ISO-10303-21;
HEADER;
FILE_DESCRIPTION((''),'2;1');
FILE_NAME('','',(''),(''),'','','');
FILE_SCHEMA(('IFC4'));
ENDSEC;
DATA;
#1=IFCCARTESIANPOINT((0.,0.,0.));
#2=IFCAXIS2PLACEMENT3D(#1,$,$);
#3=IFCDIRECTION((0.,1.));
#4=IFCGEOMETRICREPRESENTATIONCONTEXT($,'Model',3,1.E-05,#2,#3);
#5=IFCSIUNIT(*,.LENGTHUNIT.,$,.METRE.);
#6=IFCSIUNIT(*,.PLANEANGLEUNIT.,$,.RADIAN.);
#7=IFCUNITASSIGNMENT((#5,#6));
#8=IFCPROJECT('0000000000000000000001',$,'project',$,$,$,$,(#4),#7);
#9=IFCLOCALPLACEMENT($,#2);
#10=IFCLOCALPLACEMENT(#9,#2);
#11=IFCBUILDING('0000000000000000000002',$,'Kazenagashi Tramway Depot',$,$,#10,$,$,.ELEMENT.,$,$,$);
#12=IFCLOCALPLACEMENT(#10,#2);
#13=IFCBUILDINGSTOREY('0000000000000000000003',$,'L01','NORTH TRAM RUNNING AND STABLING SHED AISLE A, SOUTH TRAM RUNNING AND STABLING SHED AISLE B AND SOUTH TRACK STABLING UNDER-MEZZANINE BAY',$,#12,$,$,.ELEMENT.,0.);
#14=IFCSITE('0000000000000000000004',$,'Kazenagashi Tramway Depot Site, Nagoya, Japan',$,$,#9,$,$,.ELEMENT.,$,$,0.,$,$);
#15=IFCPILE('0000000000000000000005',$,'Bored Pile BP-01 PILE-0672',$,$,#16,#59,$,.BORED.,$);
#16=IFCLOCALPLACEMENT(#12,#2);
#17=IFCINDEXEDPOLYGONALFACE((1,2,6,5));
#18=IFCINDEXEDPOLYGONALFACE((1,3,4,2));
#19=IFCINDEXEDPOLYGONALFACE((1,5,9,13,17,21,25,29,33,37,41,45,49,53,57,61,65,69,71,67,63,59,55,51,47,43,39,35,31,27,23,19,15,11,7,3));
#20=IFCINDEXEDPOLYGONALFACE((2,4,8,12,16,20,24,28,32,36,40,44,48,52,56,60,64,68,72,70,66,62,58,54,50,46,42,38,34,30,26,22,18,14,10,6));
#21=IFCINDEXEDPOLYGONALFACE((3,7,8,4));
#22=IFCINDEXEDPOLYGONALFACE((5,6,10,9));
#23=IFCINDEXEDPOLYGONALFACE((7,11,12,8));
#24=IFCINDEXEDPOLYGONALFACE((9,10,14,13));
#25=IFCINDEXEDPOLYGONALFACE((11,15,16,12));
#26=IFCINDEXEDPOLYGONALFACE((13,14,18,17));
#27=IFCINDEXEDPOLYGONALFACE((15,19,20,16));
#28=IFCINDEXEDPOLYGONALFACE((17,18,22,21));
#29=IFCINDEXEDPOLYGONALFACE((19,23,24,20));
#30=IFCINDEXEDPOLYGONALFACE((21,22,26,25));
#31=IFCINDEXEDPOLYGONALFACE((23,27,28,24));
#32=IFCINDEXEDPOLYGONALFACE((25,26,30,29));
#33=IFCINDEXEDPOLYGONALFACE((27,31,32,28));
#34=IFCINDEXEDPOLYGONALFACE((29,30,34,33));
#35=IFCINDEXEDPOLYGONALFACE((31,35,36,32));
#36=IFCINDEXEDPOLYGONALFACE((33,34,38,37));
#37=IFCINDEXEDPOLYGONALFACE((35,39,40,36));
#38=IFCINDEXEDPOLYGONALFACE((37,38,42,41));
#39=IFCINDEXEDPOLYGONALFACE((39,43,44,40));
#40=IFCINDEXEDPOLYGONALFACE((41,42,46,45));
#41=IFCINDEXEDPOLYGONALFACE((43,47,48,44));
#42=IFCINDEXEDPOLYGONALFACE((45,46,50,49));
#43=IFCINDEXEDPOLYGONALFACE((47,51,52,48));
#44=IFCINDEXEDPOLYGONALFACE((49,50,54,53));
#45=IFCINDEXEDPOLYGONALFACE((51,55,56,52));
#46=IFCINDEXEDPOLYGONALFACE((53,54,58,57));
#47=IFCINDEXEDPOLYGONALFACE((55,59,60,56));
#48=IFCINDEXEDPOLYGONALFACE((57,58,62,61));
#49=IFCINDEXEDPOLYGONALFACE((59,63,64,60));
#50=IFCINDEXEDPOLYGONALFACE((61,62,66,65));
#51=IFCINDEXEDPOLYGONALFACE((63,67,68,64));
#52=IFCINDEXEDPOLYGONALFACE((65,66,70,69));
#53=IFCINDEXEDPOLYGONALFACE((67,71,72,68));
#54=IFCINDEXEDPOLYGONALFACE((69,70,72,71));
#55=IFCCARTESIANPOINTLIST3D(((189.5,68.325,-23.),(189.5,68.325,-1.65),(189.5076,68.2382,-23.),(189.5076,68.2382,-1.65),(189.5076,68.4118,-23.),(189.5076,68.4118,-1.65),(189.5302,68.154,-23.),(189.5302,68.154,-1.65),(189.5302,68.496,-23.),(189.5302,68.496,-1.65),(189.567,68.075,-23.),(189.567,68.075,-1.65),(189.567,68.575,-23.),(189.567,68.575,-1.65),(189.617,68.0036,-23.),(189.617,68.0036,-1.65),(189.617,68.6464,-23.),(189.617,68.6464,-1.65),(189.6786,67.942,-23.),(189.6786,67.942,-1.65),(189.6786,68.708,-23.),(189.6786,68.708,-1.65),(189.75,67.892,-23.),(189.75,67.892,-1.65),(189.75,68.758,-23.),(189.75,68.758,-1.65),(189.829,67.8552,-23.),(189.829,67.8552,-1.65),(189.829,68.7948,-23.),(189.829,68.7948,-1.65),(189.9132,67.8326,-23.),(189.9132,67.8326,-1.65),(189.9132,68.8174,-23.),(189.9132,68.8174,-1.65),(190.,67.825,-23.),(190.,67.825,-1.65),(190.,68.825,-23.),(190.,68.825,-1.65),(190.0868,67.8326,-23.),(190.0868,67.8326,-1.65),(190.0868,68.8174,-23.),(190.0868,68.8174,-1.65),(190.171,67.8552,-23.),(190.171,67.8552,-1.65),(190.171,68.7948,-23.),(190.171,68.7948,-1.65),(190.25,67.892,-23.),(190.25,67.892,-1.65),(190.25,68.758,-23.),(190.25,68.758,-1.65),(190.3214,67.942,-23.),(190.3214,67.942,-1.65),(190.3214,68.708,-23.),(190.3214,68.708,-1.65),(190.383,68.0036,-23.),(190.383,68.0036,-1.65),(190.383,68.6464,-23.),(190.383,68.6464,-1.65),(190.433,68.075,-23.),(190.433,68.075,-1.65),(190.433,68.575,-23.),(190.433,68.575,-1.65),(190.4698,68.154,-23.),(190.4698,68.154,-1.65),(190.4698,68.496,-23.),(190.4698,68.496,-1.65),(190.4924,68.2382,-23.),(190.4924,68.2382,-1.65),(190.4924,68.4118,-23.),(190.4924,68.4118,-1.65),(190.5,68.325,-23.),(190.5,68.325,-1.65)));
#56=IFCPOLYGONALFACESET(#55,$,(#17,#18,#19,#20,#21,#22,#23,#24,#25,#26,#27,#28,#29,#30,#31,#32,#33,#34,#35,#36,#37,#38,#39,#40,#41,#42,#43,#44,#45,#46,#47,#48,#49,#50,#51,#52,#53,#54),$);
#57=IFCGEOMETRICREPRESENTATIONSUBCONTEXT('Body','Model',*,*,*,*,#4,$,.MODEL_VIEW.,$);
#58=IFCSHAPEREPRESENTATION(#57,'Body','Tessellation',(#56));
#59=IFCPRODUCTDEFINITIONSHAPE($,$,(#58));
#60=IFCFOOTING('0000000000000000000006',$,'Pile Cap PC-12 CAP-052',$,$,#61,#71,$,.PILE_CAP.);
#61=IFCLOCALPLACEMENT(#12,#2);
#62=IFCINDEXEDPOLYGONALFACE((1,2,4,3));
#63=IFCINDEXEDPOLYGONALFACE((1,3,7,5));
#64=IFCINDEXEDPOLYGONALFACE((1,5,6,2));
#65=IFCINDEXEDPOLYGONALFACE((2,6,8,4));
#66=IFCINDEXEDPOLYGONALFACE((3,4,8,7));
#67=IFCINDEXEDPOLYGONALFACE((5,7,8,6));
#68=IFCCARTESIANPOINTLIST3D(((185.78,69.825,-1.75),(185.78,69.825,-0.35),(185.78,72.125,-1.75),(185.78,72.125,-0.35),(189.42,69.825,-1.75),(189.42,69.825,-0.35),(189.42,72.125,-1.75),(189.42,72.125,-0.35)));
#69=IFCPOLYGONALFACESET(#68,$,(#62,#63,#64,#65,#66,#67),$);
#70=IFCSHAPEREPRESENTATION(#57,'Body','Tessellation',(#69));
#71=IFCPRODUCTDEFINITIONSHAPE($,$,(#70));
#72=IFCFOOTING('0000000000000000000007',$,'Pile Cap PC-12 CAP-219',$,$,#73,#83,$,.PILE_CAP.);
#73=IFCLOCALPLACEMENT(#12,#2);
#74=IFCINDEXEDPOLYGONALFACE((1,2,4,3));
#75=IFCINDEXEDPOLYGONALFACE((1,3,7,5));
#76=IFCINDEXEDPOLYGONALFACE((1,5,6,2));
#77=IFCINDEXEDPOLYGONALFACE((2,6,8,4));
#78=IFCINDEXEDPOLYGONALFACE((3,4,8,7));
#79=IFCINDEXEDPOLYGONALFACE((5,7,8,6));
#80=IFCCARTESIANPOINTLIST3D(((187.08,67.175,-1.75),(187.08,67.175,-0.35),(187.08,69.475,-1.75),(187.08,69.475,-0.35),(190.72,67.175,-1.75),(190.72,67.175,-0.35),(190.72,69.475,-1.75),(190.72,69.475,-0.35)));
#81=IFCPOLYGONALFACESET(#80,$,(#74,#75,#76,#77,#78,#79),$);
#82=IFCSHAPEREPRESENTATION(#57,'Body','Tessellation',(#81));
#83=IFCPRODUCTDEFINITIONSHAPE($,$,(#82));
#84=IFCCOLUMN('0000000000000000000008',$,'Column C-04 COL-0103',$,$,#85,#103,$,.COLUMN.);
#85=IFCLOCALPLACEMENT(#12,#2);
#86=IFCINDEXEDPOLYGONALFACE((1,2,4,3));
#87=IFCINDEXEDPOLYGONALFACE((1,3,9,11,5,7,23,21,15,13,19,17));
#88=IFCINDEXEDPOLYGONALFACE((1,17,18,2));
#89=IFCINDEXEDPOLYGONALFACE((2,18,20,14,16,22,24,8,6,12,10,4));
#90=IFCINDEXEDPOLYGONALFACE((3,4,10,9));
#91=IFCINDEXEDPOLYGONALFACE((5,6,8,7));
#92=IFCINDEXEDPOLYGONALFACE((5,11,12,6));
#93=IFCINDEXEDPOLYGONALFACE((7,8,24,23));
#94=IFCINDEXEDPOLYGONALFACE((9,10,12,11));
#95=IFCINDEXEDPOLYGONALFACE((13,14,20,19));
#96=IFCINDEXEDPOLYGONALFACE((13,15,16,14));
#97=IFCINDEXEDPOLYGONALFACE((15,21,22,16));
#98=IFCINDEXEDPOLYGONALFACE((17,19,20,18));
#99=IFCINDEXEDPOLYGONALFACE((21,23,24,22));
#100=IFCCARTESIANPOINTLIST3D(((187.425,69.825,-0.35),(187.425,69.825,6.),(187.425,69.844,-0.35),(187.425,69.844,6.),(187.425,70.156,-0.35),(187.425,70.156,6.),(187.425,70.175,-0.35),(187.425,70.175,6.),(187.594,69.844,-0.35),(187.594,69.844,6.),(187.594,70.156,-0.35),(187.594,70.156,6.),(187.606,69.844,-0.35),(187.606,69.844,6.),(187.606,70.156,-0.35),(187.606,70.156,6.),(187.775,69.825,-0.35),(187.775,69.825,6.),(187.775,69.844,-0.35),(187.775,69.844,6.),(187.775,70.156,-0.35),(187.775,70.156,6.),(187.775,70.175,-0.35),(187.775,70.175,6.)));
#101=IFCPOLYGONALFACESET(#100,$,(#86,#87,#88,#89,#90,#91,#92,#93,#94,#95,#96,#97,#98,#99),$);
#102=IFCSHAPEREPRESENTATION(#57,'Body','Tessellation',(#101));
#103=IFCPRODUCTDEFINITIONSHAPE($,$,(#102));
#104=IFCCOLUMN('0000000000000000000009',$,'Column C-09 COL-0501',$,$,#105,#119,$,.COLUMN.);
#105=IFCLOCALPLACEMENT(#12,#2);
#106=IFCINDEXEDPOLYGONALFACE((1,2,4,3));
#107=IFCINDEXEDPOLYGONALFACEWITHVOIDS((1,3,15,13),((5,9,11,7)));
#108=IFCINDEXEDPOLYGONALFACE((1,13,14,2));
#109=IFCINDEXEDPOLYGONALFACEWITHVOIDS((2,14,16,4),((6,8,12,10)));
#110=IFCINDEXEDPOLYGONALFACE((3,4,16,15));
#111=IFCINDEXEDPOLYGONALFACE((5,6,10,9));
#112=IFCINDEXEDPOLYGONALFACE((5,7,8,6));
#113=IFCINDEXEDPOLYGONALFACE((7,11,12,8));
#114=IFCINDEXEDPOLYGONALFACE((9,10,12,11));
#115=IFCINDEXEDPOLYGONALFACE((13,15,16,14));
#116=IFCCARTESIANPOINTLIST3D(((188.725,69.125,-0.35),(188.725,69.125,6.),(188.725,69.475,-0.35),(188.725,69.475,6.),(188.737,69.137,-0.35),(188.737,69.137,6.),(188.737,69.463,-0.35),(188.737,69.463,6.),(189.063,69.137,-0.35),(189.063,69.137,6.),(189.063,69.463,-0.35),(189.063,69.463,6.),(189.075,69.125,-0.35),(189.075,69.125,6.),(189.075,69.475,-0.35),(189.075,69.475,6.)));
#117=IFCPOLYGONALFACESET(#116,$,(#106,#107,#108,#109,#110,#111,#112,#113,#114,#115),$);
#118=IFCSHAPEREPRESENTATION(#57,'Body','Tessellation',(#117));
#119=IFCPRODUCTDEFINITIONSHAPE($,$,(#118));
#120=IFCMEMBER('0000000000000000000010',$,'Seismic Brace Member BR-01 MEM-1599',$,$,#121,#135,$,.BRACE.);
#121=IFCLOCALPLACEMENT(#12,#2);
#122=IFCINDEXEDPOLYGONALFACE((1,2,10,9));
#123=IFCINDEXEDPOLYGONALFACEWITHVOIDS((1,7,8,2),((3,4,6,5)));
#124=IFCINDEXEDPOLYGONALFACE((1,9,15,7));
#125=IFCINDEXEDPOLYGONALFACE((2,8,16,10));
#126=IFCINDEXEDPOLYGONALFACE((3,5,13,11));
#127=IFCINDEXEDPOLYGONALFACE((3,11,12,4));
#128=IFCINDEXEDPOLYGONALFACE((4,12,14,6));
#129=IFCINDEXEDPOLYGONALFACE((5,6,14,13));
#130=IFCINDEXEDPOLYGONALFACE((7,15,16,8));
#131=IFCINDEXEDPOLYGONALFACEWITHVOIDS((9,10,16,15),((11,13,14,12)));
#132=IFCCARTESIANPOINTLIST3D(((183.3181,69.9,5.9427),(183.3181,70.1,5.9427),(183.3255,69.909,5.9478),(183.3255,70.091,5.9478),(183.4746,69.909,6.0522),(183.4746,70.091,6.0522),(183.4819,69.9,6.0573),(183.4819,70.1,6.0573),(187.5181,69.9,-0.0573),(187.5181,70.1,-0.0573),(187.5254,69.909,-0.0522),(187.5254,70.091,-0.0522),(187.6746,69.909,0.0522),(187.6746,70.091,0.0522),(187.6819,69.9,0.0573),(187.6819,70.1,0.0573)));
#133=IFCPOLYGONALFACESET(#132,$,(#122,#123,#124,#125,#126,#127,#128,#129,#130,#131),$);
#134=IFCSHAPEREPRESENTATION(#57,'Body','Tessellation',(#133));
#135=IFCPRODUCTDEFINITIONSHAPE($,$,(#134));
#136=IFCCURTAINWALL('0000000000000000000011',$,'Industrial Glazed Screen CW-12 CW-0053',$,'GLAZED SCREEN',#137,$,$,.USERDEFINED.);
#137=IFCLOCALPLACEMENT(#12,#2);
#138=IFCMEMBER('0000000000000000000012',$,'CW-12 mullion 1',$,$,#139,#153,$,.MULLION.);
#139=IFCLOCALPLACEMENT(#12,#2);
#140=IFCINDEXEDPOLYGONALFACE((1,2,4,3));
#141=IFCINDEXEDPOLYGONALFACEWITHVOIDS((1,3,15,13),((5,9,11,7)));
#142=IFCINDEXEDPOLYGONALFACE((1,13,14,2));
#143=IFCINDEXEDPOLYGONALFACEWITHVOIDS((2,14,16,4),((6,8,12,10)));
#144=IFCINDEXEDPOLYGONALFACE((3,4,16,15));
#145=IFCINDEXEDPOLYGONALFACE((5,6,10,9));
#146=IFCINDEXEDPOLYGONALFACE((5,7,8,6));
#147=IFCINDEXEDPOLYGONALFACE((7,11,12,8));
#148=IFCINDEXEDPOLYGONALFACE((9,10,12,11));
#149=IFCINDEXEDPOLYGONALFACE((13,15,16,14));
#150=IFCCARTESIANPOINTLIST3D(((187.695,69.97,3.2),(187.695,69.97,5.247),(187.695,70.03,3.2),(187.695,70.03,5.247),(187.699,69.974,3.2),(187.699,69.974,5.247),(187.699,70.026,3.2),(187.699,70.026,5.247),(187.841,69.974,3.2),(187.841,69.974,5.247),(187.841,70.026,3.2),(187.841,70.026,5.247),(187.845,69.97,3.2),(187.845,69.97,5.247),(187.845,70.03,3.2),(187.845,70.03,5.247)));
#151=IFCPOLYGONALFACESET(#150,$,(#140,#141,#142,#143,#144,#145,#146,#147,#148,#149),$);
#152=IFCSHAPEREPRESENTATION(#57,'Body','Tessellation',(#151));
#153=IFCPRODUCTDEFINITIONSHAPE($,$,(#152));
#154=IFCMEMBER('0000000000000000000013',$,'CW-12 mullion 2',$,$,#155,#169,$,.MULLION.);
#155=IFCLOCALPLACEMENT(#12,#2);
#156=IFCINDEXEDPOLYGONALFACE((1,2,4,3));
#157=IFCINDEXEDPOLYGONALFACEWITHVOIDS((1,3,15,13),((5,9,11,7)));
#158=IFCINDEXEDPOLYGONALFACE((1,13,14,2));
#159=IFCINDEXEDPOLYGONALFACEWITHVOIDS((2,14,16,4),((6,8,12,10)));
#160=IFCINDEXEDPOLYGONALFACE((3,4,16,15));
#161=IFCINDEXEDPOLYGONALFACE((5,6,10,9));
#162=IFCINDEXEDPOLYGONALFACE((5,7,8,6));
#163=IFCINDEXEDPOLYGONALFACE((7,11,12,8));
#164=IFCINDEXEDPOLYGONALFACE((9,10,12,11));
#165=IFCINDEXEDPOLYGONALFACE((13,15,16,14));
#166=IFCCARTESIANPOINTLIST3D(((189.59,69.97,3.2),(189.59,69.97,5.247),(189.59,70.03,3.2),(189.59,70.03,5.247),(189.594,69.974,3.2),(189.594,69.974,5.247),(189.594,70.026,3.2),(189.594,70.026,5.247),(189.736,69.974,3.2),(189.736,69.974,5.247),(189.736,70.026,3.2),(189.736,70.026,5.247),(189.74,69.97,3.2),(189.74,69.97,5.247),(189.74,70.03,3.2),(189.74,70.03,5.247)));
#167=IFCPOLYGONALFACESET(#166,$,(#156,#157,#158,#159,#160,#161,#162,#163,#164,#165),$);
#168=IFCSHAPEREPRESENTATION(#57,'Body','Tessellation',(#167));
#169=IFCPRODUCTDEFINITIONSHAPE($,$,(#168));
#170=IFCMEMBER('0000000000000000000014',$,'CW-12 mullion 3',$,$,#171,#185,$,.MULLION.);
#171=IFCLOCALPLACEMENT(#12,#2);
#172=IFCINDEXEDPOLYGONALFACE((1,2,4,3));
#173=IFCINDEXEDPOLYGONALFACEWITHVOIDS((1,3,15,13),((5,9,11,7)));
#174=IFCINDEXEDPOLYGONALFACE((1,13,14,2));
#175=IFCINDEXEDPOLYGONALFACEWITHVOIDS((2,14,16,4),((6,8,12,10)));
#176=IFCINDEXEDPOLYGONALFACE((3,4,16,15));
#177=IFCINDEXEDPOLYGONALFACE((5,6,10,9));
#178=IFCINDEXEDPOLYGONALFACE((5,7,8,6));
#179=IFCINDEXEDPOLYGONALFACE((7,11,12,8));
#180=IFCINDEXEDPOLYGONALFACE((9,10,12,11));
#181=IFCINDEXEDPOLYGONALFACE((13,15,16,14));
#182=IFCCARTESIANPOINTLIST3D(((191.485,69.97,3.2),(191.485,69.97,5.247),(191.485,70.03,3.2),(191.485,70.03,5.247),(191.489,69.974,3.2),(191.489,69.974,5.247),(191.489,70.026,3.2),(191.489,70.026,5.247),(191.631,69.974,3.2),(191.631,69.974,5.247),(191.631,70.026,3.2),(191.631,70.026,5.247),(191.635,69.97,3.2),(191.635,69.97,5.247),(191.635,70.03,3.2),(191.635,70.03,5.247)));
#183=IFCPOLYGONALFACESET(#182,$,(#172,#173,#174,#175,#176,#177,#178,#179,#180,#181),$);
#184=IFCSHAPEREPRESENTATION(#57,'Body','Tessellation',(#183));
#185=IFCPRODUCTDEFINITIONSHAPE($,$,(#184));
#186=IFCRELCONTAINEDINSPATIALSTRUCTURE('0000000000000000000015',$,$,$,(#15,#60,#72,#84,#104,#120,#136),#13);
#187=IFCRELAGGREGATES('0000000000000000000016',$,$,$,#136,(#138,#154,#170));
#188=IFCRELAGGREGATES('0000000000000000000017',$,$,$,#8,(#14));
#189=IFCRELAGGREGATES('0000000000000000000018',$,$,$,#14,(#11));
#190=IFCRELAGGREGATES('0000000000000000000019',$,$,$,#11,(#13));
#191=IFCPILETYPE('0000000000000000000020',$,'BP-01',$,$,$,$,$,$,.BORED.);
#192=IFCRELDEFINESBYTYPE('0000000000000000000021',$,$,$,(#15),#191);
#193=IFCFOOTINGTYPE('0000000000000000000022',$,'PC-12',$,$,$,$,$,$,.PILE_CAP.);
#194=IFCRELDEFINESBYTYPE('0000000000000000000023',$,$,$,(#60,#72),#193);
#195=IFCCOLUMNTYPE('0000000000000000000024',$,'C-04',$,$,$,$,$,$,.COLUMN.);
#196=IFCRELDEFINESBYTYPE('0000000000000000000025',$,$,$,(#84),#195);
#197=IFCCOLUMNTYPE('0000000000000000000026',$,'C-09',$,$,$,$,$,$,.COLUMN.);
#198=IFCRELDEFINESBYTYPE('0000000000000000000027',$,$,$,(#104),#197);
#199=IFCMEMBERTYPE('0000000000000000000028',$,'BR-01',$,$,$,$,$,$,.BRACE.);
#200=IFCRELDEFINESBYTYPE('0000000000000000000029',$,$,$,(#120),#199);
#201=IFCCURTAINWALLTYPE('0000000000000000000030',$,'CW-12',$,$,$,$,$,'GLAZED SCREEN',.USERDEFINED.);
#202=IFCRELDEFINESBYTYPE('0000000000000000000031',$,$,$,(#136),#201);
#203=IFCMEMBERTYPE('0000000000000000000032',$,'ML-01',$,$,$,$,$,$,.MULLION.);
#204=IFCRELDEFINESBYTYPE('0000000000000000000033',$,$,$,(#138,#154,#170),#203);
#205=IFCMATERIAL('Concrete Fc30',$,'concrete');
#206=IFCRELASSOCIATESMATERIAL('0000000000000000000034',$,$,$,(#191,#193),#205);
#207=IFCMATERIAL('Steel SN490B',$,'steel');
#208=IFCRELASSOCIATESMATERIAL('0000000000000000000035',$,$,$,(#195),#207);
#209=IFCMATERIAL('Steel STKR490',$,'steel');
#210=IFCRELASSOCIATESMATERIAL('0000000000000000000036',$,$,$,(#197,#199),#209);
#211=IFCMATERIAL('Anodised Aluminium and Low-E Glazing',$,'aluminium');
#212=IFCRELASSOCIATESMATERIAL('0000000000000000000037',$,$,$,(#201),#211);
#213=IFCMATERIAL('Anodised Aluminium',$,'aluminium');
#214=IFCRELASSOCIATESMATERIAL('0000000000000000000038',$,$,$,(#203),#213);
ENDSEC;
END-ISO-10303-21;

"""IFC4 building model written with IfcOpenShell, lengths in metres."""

from ifc_helpers import new_model, si_unit, direction, frame, origin, origin_2d, place, context, subcontext, project, spatial, rectangle, hollow_rectangle, circle, i_section, extrude, material, material_profile, profile_set, type_object, element, aggregate, save


model = new_model("IFC4")

# Units and contexts
model_context = context("Model", 3, precision=1e-05, world=origin(), true_north=direction((0.0, 1.0)))
body_context = subcontext(model_context, "Body", "Model", "MODEL_VIEW")
ifc_project = project(units=[si_unit("LENGTHUNIT", "METRE"), si_unit("PLANEANGLEUNIT", "RADIAN")], contexts=[model_context])

# Site, building, storey
site_placement = place(None, origin())
site = spatial("IfcSite", under=ifc_project, at=site_placement, Name="Kazenagashi Tramway Depot Site, Nagoya, Japan", CompositionType="ELEMENT", RefElevation=0.0)
building_placement = place(site_placement, origin())
building = spatial("IfcBuilding", under=site, at=building_placement, Name="Kazenagashi Tramway Depot", CompositionType="ELEMENT")
storey_placement = place(building_placement, origin())
storey = spatial("IfcBuildingStorey", under=building, at=storey_placement, Name="L01", Description="NORTH TRAM RUNNING AND STABLING SHED AISLE A, SOUTH TRAM RUNNING AND STABLING SHED AISLE B AND SOUTH TRACK STABLING UNDER-MEZZANINE BAY", CompositionType="ELEMENT", Elevation=0.0)

# Pile
ifc_material_1 = material(Name="Concrete Fc30", Category="concrete")
ifc_material_profile_1 = material_profile(ifc_material_1, circle(Radius=0.5, at=origin_2d()), Name="PILE-1000")
ifc_profile_set_1 = profile_set([ifc_material_profile_1], Name="Concrete Fc30")
pile_type = type_object("IfcPileType", Name="BP-01", PredefinedType="BORED", material=ifc_profile_set_1)
for number, where, z_axis, x_axis, name in (
    (1, (190.0, 68.325, -1.65), (0.0, 0.0, -1.0), (1.0, 0.0, 0.0), "Bored Pile BP-01 PILE-0672"),
):
    element("IfcPile", number, at=place(storey_placement, frame(where, z_axis=z_axis, x_axis=x_axis)), inside=storey, type_object=pile_type, Name=name, PredefinedType="BORED", context=body_context, shape_type="SweptSolid", body=[
        extrude(circle(Radius=0.5, at=origin_2d()), origin(), (0.0, 0.0, 1.0), 21.35),
    ])

# Footings
footing_type = type_object("IfcFootingType", Name="PC-12", PredefinedType="PILE_CAP", material=ifc_material_1)
for number, where, z_axis, x_axis, name in (
    (2, (187.6, 70.975, -1.75), (0.0, 0.0, 1.0), (1.0, 0.0, 0.0), "Pile Cap PC-12 CAP-052"),
    (3, (188.9, 68.325, -1.75), (0.0, 0.0, 1.0), (1.0, 0.0, 0.0), "Pile Cap PC-12 CAP-219"),
):
    element("IfcFooting", number, at=place(storey_placement, frame(where, z_axis=z_axis, x_axis=x_axis)), inside=storey, type_object=footing_type, Name=name, PredefinedType="PILE_CAP", context=body_context, shape_type="SweptSolid", body=[
        extrude(rectangle(XDim=3.64, YDim=2.3, at=origin_2d()), origin(), (0.0, 0.0, 1.0), 1.4),
    ])

# Columns
ifc_material_2 = material(Name="Steel SN490B", Category="steel")
ifc_material_profile_2 = material_profile(ifc_material_2, i_section(OverallWidth=0.35, OverallDepth=0.35, WebThickness=0.012, FlangeThickness=0.019, at=origin_2d()), Name="H-350x350x12x19")
ifc_profile_set_2 = profile_set([ifc_material_profile_2], Name="Steel SN490B")
column_type_1 = type_object("IfcColumnType", Name="C-04", PredefinedType="COLUMN", material=ifc_profile_set_2)
column_1_placement = place(storey_placement, frame((187.6, 70.0, -0.35), z_axis=(0.0, 0.0, 1.0), x_axis=(1.0, 0.0, 0.0)))
element("IfcColumn", 4, at=column_1_placement, inside=storey, type_object=column_type_1, Name="Column C-04 COL-0103", PredefinedType="COLUMN", context=body_context, shape_type="SweptSolid", body=[
    extrude(i_section(OverallWidth=0.35, OverallDepth=0.35, WebThickness=0.012, FlangeThickness=0.019, at=origin_2d()), origin(), (0.0, 0.0, 1.0), 6.35),
])
ifc_material_3 = material(Name="Steel STKR490", Category="steel")
ifc_material_profile_3 = material_profile(ifc_material_3, hollow_rectangle(XDim=0.35, YDim=0.35, WallThickness=0.012, at=origin_2d()), Name="SHS-350x350x12")
ifc_profile_set_3 = profile_set([ifc_material_profile_3], Name="Steel STKR490")
column_type_2 = type_object("IfcColumnType", Name="C-09", PredefinedType="COLUMN", material=ifc_profile_set_3)
column_2_placement = place(storey_placement, frame((188.9, 69.3, -0.35), z_axis=(0.0, 0.0, 1.0), x_axis=(1.0, 0.0, 0.0)))
element("IfcColumn", 5, at=column_2_placement, inside=storey, type_object=column_type_2, Name="Column C-09 COL-0501", PredefinedType="COLUMN", context=body_context, shape_type="SweptSolid", body=[
    extrude(hollow_rectangle(XDim=0.35, YDim=0.35, WallThickness=0.012, at=origin_2d()), origin(), (0.0, 0.0, 1.0), 6.35),
])

# Member
ifc_material_profile_4 = material_profile(ifc_material_3, hollow_rectangle(XDim=0.2, YDim=0.2, WallThickness=0.009, at=origin_2d()), Name="SHS-200x200x9")
ifc_profile_set_4 = profile_set([ifc_material_profile_4], Name="Steel STKR490")
member_type_1 = type_object("IfcMemberType", Name="BR-01", PredefinedType="BRACE", material=ifc_profile_set_4)
member_1_placement = place(storey_placement, frame((187.6, 70.0, 0.0), z_axis=(-0.573462, 0.0, 0.819232), x_axis=(0.0, -1.0, 0.0)))
element("IfcMember", 6, at=member_1_placement, inside=storey, type_object=member_type_1, Name="Seismic Brace Member BR-01 MEM-1599", PredefinedType="BRACE", context=body_context, shape_type="SweptSolid", body=[
    extrude(hollow_rectangle(XDim=0.2, YDim=0.2, WallThickness=0.009, at=origin_2d()), origin(), (0.0, 0.0, 1.0), 7.3239),
])

# Curtain wall, members
ifc_material_4 = material(Name="Anodised Aluminium and Low-E Glazing", Category="aluminium")
curtain_wall_type_1 = type_object("IfcCurtainWallType", Name="CW-12", ElementType="GLAZED SCREEN", PredefinedType="USERDEFINED", material=ifc_material_4)
curtain_wall_1_placement = place(storey_placement, origin())
curtain_wall_1 = element("IfcCurtainWall", 7, at=curtain_wall_1_placement, inside=storey, type_object=curtain_wall_type_1, Name="Industrial Glazed Screen CW-12 CW-0053", ObjectType="GLAZED SCREEN", PredefinedType="USERDEFINED")
ifc_material_5 = material(Name="Anodised Aluminium", Category="aluminium")
ifc_material_profile_5 = material_profile(ifc_material_5, hollow_rectangle(XDim=0.06, YDim=0.15, WallThickness=0.004, at=origin_2d()), Name="RHS-150x60x4")
ifc_profile_set_5 = profile_set([ifc_material_profile_5], Name="Anodised Aluminium")
member_type_2 = type_object("IfcMemberType", Name="ML-01", PredefinedType="MULLION", material=ifc_profile_set_5)
member_2_placement = place(storey_placement, frame((187.77, 70.0, 3.2), z_axis=(0.0, 0.0, 1.0), x_axis=(0.0, 1.0, 0.0)))
member_2 = element("IfcMember", 8, at=member_2_placement, type_object=member_type_2, Name="CW-12 mullion 1", PredefinedType="MULLION", context=body_context, shape_type="SweptSolid", body=[
    extrude(hollow_rectangle(XDim=0.06, YDim=0.15, WallThickness=0.004, at=origin_2d()), origin(), (0.0, 0.0, 1.0), 2.047),
])
member_3_placement = place(storey_placement, frame((189.665, 70.0, 3.2), z_axis=(0.0, 0.0, 1.0), x_axis=(0.0, 1.0, 0.0)))
member_3 = element("IfcMember", 9, at=member_3_placement, type_object=member_type_2, Name="CW-12 mullion 2", PredefinedType="MULLION", context=body_context, shape_type="SweptSolid", body=[
    extrude(hollow_rectangle(XDim=0.06, YDim=0.15, WallThickness=0.004, at=origin_2d()), origin(), (0.0, 0.0, 1.0), 2.047),
])
member_4_placement = place(storey_placement, frame((191.56, 70.0, 3.2), z_axis=(0.0, 0.0, 1.0), x_axis=(0.0, 1.0, 0.0)))
member_4 = element("IfcMember", 10, at=member_4_placement, type_object=member_type_2, Name="CW-12 mullion 3", PredefinedType="MULLION", context=body_context, shape_type="SweptSolid", body=[
    extrude(hollow_rectangle(XDim=0.06, YDim=0.15, WallThickness=0.004, at=origin_2d()), origin(), (0.0, 0.0, 1.0), 2.047),
])

aggregate(curtain_wall_1, [member_2, member_3, member_4])

save(model, "model.ifc")
